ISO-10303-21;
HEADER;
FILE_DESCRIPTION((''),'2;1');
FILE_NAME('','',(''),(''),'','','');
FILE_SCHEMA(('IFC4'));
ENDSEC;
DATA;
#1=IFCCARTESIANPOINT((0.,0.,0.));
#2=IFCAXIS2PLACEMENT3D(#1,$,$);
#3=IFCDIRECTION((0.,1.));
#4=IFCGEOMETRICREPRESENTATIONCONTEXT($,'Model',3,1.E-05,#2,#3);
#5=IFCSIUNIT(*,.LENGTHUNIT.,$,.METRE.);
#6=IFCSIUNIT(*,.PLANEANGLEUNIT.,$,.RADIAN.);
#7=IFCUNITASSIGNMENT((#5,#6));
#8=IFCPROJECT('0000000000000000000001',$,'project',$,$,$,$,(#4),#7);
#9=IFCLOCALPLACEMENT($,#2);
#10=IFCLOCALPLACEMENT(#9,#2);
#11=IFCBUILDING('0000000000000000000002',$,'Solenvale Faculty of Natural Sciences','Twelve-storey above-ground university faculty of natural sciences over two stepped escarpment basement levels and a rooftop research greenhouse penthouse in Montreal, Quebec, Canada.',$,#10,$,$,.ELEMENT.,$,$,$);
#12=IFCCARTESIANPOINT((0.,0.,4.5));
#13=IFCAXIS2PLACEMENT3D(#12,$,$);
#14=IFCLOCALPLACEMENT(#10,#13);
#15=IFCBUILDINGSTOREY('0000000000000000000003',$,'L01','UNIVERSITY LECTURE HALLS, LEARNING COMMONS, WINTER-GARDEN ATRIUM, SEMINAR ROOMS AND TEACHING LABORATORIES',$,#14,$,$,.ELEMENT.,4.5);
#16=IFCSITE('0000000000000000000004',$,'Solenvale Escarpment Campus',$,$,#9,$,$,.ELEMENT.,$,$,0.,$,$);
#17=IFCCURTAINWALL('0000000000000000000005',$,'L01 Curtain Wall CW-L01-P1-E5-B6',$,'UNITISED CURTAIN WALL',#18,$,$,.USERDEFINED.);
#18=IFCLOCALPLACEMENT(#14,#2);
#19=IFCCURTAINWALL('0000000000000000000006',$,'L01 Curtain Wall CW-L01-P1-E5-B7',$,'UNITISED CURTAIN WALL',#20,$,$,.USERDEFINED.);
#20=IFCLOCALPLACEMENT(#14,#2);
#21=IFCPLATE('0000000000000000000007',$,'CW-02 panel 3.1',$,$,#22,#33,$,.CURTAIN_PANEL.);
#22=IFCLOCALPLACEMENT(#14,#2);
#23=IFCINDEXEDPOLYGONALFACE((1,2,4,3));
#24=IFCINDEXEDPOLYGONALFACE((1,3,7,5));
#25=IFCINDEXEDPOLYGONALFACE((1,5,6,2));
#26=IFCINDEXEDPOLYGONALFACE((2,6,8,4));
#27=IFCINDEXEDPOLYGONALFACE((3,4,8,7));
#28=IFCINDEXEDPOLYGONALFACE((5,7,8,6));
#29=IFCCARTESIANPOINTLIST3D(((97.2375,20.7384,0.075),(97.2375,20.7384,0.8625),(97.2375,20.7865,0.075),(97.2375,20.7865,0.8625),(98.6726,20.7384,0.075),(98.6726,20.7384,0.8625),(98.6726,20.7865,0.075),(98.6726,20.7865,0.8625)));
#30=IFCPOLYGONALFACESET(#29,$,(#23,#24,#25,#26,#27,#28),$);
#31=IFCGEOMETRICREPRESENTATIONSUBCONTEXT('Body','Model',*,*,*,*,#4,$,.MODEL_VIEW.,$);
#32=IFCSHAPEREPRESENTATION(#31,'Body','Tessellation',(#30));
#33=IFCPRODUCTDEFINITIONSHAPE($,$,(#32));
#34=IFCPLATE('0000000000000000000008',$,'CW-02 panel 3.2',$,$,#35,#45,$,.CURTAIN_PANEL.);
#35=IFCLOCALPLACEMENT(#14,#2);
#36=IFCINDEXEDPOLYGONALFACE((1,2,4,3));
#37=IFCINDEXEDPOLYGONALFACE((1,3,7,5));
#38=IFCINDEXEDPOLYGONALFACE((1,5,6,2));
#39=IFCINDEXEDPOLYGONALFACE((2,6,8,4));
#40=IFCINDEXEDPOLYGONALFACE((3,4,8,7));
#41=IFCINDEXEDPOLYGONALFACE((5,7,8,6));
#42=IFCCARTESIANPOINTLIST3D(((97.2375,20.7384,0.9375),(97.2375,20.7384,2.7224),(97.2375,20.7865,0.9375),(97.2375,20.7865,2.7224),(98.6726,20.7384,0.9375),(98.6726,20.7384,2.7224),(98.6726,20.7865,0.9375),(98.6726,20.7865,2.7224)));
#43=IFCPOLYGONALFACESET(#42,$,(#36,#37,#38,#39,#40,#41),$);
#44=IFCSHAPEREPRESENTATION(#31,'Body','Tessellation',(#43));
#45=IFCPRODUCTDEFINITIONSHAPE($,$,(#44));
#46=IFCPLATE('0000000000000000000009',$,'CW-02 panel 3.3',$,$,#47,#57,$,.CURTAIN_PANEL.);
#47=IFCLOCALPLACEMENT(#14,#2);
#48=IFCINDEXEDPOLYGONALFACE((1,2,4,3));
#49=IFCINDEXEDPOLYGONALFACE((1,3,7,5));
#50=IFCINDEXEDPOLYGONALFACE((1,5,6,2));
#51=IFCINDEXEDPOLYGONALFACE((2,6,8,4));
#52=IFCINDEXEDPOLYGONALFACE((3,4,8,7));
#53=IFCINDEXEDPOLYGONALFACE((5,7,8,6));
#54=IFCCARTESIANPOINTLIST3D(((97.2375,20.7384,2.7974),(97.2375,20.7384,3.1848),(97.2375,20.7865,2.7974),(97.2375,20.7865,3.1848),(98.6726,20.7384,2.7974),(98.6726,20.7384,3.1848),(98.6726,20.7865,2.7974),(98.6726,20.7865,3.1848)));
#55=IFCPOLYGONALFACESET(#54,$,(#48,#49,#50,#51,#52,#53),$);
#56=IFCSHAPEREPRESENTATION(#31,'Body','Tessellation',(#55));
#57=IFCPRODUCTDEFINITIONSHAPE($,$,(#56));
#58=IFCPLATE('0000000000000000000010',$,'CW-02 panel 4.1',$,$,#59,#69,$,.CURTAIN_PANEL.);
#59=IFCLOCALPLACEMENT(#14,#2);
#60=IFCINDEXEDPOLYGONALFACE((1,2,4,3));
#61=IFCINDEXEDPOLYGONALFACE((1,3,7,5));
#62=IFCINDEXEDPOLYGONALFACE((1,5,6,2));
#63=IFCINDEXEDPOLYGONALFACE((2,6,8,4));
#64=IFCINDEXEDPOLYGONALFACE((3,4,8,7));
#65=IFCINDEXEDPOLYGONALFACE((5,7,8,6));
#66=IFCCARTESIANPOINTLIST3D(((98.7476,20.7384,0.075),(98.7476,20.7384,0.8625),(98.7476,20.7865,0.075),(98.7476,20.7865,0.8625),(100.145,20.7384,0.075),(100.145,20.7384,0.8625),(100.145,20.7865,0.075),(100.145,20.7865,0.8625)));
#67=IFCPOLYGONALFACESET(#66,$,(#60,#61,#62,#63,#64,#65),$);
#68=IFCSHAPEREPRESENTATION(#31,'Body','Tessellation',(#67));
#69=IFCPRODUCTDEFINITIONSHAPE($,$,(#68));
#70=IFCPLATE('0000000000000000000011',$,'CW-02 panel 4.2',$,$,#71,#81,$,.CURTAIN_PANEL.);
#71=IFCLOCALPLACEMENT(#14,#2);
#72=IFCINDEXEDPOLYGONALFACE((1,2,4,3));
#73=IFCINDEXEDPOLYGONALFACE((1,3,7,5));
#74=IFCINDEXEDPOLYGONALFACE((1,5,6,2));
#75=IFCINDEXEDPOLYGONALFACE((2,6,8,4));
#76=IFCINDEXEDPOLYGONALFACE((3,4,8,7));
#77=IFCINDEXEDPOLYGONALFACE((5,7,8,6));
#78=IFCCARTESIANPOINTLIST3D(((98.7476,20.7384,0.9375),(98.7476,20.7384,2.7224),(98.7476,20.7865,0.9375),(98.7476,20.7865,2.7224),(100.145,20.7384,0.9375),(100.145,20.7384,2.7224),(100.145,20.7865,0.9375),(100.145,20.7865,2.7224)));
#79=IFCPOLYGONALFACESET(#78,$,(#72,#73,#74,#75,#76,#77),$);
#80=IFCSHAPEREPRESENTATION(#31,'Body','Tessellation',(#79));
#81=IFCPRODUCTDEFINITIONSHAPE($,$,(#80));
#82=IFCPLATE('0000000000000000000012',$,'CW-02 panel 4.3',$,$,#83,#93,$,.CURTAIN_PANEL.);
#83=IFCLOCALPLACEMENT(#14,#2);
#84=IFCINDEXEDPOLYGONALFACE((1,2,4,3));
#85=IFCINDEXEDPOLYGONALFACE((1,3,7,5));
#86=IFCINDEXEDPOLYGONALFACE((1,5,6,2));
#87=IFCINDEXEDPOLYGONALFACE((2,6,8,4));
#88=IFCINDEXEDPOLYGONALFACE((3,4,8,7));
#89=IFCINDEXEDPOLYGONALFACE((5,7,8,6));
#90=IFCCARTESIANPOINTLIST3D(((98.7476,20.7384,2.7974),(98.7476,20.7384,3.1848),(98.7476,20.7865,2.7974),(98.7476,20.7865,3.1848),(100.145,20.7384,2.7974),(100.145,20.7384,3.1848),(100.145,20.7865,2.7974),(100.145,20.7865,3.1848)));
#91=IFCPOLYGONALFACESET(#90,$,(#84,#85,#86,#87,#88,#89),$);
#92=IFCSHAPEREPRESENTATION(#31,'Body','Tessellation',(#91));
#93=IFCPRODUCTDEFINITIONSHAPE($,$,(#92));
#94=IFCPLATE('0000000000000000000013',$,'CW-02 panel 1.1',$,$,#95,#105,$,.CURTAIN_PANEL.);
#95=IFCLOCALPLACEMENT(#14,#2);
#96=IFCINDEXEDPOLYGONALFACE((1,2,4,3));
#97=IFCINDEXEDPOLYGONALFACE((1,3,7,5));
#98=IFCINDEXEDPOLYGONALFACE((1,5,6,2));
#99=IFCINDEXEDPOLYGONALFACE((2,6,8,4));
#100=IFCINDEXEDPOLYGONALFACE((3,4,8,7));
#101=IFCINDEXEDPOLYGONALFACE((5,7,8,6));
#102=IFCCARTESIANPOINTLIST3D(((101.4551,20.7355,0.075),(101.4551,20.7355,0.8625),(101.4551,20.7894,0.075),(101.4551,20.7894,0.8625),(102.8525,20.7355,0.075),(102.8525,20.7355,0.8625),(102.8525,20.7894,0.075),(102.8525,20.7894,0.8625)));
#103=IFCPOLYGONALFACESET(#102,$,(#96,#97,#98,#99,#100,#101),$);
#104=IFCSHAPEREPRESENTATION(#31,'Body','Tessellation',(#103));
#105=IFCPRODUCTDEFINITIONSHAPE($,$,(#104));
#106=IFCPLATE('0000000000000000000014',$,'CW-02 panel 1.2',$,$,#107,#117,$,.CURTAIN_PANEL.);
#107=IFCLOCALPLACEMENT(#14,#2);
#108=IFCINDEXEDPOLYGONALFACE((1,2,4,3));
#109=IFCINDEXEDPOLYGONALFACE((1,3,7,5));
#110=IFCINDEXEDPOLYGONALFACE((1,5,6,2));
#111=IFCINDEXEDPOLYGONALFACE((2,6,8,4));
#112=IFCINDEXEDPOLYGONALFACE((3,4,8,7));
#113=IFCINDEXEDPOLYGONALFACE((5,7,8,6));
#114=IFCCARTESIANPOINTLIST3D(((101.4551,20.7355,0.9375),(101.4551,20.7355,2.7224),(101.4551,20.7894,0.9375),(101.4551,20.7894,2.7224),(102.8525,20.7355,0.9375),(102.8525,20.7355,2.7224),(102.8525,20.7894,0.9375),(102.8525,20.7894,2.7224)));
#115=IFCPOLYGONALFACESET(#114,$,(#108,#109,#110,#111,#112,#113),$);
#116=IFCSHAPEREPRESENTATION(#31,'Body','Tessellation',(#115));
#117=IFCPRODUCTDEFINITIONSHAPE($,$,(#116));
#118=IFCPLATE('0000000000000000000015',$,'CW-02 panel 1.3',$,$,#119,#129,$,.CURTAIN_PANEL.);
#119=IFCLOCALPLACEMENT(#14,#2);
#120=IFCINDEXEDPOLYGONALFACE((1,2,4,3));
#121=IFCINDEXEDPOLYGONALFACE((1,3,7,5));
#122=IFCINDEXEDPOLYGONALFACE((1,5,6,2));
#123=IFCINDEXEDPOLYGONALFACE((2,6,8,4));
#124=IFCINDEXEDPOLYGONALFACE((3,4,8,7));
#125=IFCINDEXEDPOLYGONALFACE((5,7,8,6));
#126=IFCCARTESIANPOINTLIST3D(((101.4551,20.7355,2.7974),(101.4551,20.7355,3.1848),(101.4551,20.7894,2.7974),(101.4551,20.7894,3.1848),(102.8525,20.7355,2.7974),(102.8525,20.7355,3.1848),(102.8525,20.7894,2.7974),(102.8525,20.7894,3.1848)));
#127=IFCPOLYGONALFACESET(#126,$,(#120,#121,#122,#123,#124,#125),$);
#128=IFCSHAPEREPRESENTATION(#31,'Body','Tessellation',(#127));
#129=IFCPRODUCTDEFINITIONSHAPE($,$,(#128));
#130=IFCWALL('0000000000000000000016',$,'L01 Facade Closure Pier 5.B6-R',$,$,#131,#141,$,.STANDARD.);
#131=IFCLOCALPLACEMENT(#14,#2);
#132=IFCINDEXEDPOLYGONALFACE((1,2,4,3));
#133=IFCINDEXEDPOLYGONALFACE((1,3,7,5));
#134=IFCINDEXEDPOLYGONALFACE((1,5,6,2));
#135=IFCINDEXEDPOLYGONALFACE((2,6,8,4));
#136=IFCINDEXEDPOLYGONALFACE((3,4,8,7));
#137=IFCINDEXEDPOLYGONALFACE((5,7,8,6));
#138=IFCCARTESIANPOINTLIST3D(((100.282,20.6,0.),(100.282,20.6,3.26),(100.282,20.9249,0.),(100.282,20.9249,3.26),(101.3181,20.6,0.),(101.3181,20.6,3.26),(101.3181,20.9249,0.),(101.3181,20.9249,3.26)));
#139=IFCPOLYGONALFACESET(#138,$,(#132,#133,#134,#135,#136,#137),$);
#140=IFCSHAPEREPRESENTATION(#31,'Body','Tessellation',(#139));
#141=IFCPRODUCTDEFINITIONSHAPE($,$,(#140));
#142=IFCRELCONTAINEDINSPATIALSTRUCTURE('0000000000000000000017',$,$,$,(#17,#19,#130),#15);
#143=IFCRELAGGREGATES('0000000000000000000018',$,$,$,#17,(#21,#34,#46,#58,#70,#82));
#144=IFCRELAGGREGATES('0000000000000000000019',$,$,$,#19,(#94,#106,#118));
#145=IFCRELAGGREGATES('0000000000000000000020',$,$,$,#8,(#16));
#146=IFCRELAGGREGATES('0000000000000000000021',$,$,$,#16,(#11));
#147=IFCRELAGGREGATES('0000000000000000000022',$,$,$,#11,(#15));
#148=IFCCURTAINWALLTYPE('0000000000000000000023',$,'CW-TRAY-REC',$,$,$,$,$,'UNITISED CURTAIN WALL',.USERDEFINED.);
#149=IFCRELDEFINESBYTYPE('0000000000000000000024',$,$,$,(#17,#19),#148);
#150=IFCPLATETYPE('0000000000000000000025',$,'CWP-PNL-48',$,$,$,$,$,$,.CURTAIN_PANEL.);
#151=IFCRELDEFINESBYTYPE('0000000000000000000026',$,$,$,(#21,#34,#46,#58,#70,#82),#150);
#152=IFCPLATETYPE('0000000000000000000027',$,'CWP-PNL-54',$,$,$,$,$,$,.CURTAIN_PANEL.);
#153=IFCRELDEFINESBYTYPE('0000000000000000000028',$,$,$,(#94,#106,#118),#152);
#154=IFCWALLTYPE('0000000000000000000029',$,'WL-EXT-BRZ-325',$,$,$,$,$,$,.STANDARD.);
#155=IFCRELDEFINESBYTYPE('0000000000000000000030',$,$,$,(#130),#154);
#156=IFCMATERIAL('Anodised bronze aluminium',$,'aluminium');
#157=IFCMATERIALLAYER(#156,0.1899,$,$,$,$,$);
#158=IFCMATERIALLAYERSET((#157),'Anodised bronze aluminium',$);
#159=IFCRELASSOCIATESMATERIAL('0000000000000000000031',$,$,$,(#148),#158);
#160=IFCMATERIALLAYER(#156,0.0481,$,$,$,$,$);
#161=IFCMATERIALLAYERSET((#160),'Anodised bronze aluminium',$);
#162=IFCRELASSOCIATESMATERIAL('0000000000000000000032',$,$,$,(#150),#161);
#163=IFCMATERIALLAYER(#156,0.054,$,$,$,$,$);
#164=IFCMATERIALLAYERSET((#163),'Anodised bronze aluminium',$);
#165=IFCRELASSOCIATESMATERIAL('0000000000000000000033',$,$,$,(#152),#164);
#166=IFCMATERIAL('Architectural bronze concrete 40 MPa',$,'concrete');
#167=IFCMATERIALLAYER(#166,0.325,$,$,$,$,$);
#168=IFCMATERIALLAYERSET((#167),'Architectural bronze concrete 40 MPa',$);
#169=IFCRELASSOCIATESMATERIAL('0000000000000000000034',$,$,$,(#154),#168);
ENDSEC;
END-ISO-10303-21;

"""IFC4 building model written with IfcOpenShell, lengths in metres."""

from ifc_helpers import new_model, si_unit, direction, frame, frame_2d, origin, origin_2d, place, context, subcontext, project, spatial, rectangle, extrude, material, layer, layer_set, type_object, element, aggregate, save


model = new_model("IFC4")

# Units and contexts
model_context = context("Model", 3, precision=1e-05, world=origin(), true_north=direction((0.0, 1.0)))
body_context = subcontext(model_context, "Body", "Model", "MODEL_VIEW")
ifc_project = project(units=[si_unit("LENGTHUNIT", "METRE"), si_unit("PLANEANGLEUNIT", "RADIAN")], contexts=[model_context])

# Site, building, storey
site_placement = place(None, origin())
site = spatial("IfcSite", under=ifc_project, at=site_placement, Name="Solenvale Escarpment Campus", CompositionType="ELEMENT", RefElevation=0.0)
building_placement = place(site_placement, origin())
building = spatial("IfcBuilding", under=site, at=building_placement, Name="Solenvale Faculty of Natural Sciences", Description="Twelve-storey above-ground university faculty of natural sciences over two stepped escarpment basement levels and a rooftop research greenhouse penthouse in Montreal, Quebec, Canada.", CompositionType="ELEMENT")
storey_placement = place(building_placement, frame((0.0, 0.0, 4.5)))
storey = spatial("IfcBuildingStorey", under=building, at=storey_placement, Name="L01", Description="UNIVERSITY LECTURE HALLS, LEARNING COMMONS, WINTER-GARDEN ATRIUM, SEMINAR ROOMS AND TEACHING LABORATORIES", CompositionType="ELEMENT", Elevation=4.5)

# Curtain walls
ifc_material_1 = material(Name="Anodised bronze aluminium", Category="aluminium")
ifc_layer_1 = layer(ifc_material_1, 0.1899)
ifc_layer_set_1 = layer_set([ifc_layer_1], Name="Anodised bronze aluminium")
curtain_wall_type = type_object("IfcCurtainWallType", Name="CW-TRAY-REC", ElementType="UNITISED CURTAIN WALL", PredefinedType="USERDEFINED", material=ifc_layer_set_1)
curtain_wall_1_placement = place(storey_placement, origin())
curtain_wall_1 = element("IfcCurtainWall", 1, at=curtain_wall_1_placement, inside=storey, type_object=curtain_wall_type, Name="L01 Curtain Wall CW-L01-P1-E5-B6", ObjectType="UNITISED CURTAIN WALL", PredefinedType="USERDEFINED")
curtain_wall_2_placement = place(storey_placement, origin())
curtain_wall_2 = element("IfcCurtainWall", 2, at=curtain_wall_2_placement, inside=storey, type_object=curtain_wall_type, Name="L01 Curtain Wall CW-L01-P1-E5-B7", ObjectType="UNITISED CURTAIN WALL", PredefinedType="USERDEFINED")

# Plates
ifc_layer_2 = layer(ifc_material_1, 0.0481)
ifc_layer_set_2 = layer_set([ifc_layer_2], Name="Anodised bronze aluminium")
plate_type_1 = type_object("IfcPlateType", Name="CWP-PNL-48", PredefinedType="CURTAIN_PANEL", material=ifc_layer_set_2)
plate_1_placement = place(storey_placement, frame((97.9551, 20.7625, 0.075), z_axis=(0.0, 0.0, 1.0), x_axis=(1.0, 0.0, 0.0)))
plate_1 = element("IfcPlate", 3, at=plate_1_placement, type_object=plate_type_1, Name="CW-02 panel 3.1", PredefinedType="CURTAIN_PANEL", context=body_context, shape_type="SweptSolid", body=[
    extrude(rectangle(XDim=1.4351, YDim=0.0481, at=origin_2d()), origin(), (0.0, 0.0, 1.0), 0.7876),
])
plate_2_placement = place(storey_placement, frame((97.9551, 20.7625, 0.9375), z_axis=(0.0, 0.0, 1.0), x_axis=(1.0, 0.0, 0.0)))
plate_2 = element("IfcPlate", 4, at=plate_2_placement, type_object=plate_type_1, Name="CW-02 panel 3.2", PredefinedType="CURTAIN_PANEL", context=body_context, shape_type="SweptSolid", body=[
    extrude(rectangle(XDim=1.4351, YDim=0.0481, at=origin_2d()), origin(), (0.0, 0.0, 1.0), 1.7849),
])
plate_3_placement = place(storey_placement, frame((97.9551, 20.7625, 2.7974), z_axis=(0.0, 0.0, 1.0), x_axis=(1.0, 0.0, 0.0)))
plate_3 = element("IfcPlate", 5, at=plate_3_placement, type_object=plate_type_1, Name="CW-02 panel 3.3", PredefinedType="CURTAIN_PANEL", context=body_context, shape_type="SweptSolid", body=[
    extrude(rectangle(XDim=1.4351, YDim=0.0481, at=origin_2d()), origin(), (0.0, 0.0, 1.0), 0.3875),
])
plate_4_placement = place(storey_placement, frame((99.4463, 20.7625, 0.075), z_axis=(0.0, 0.0, 1.0), x_axis=(1.0, 0.0, 0.0)))
plate_4 = element("IfcPlate", 6, at=plate_4_placement, type_object=plate_type_1, Name="CW-02 panel 4.1", PredefinedType="CURTAIN_PANEL", context=body_context, shape_type="SweptSolid", body=[
    extrude(rectangle(XDim=1.3975, YDim=0.0481, at=origin_2d()), origin(), (0.0, 0.0, 1.0), 0.7876),
])
plate_5_placement = place(storey_placement, frame((99.4463, 20.7625, 0.9375), z_axis=(0.0, 0.0, 1.0), x_axis=(1.0, 0.0, 0.0)))
plate_5 = element("IfcPlate", 7, at=plate_5_placement, type_object=plate_type_1, Name="CW-02 panel 4.2", PredefinedType="CURTAIN_PANEL", context=body_context, shape_type="SweptSolid", body=[
    extrude(rectangle(XDim=1.3975, YDim=0.0481, at=origin_2d()), origin(), (0.0, 0.0, 1.0), 1.7849),
])
plate_6_placement = place(storey_placement, frame((99.4463, 20.7625, 2.7974), z_axis=(0.0, 0.0, 1.0), x_axis=(1.0, 0.0, 0.0)))
plate_6 = element("IfcPlate", 8, at=plate_6_placement, type_object=plate_type_1, Name="CW-02 panel 4.3", PredefinedType="CURTAIN_PANEL", context=body_context, shape_type="SweptSolid", body=[
    extrude(rectangle(XDim=1.3975, YDim=0.0481, at=origin_2d()), origin(), (0.0, 0.0, 1.0), 0.3875),
])
aggregate(curtain_wall_1, [plate_1, plate_2, plate_3, plate_4, plate_5, plate_6])
ifc_layer_3 = layer(ifc_material_1, 0.054)
ifc_layer_set_3 = layer_set([ifc_layer_3], Name="Anodised bronze aluminium")
plate_type_2 = type_object("IfcPlateType", Name="CWP-PNL-54", PredefinedType="CURTAIN_PANEL", material=ifc_layer_set_3)
plate_7_placement = place(storey_placement, frame((102.1538, 20.7625, 0.075), z_axis=(0.0, 0.0, 1.0), x_axis=(1.0, 0.0, 0.0)))
plate_7 = element("IfcPlate", 9, at=plate_7_placement, type_object=plate_type_2, Name="CW-02 panel 1.1", PredefinedType="CURTAIN_PANEL", context=body_context, shape_type="SweptSolid", body=[
    extrude(rectangle(XDim=1.3975, YDim=0.054, at=origin_2d()), origin(), (0.0, 0.0, 1.0), 0.7876),
])
plate_8_placement = place(storey_placement, frame((102.1538, 20.7625, 0.9375), z_axis=(0.0, 0.0, 1.0), x_axis=(1.0, 0.0, 0.0)))
plate_8 = element("IfcPlate", 10, at=plate_8_placement, type_object=plate_type_2, Name="CW-02 panel 1.2", PredefinedType="CURTAIN_PANEL", context=body_context, shape_type="SweptSolid", body=[
    extrude(rectangle(XDim=1.3975, YDim=0.054, at=origin_2d()), origin(), (0.0, 0.0, 1.0), 1.7849),
])
plate_9_placement = place(storey_placement, frame((102.1538, 20.7625, 2.7974), z_axis=(0.0, 0.0, 1.0), x_axis=(1.0, 0.0, 0.0)))
plate_9 = element("IfcPlate", 11, at=plate_9_placement, type_object=plate_type_2, Name="CW-02 panel 1.3", PredefinedType="CURTAIN_PANEL", context=body_context, shape_type="SweptSolid", body=[
    extrude(rectangle(XDim=1.3975, YDim=0.054, at=origin_2d()), origin(), (0.0, 0.0, 1.0), 0.3875),
])
aggregate(curtain_wall_2, [plate_7, plate_8, plate_9])

# Wall
ifc_material_2 = material(Name="Architectural bronze concrete 40 MPa", Category="concrete")
ifc_layer_4 = layer(ifc_material_2, 0.325)
ifc_layer_set_4 = layer_set([ifc_layer_4], Name="Architectural bronze concrete 40 MPa")
wall_type = type_object("IfcWallType", Name="WL-EXT-BRZ-325", PredefinedType="STANDARD", material=ifc_layer_set_4)
wall_placement = place(storey_placement, frame((100.282, 20.7625, 0.0), z_axis=(0.0, 0.0, 1.0), x_axis=(1.0, 0.0, 0.0)))
element("IfcWall", 12, at=wall_placement, inside=storey, type_object=wall_type, Name="L01 Facade Closure Pier 5.B6-R", PredefinedType="STANDARD", context=body_context, shape_type="SweptSolid", body=[
    extrude(rectangle(XDim=1.0361, YDim=0.325, at=frame_2d((0.5181, 0.0))), origin(), (0.0, 0.0, 1.0), 3.26),
])

save(model, "model.ifc")
